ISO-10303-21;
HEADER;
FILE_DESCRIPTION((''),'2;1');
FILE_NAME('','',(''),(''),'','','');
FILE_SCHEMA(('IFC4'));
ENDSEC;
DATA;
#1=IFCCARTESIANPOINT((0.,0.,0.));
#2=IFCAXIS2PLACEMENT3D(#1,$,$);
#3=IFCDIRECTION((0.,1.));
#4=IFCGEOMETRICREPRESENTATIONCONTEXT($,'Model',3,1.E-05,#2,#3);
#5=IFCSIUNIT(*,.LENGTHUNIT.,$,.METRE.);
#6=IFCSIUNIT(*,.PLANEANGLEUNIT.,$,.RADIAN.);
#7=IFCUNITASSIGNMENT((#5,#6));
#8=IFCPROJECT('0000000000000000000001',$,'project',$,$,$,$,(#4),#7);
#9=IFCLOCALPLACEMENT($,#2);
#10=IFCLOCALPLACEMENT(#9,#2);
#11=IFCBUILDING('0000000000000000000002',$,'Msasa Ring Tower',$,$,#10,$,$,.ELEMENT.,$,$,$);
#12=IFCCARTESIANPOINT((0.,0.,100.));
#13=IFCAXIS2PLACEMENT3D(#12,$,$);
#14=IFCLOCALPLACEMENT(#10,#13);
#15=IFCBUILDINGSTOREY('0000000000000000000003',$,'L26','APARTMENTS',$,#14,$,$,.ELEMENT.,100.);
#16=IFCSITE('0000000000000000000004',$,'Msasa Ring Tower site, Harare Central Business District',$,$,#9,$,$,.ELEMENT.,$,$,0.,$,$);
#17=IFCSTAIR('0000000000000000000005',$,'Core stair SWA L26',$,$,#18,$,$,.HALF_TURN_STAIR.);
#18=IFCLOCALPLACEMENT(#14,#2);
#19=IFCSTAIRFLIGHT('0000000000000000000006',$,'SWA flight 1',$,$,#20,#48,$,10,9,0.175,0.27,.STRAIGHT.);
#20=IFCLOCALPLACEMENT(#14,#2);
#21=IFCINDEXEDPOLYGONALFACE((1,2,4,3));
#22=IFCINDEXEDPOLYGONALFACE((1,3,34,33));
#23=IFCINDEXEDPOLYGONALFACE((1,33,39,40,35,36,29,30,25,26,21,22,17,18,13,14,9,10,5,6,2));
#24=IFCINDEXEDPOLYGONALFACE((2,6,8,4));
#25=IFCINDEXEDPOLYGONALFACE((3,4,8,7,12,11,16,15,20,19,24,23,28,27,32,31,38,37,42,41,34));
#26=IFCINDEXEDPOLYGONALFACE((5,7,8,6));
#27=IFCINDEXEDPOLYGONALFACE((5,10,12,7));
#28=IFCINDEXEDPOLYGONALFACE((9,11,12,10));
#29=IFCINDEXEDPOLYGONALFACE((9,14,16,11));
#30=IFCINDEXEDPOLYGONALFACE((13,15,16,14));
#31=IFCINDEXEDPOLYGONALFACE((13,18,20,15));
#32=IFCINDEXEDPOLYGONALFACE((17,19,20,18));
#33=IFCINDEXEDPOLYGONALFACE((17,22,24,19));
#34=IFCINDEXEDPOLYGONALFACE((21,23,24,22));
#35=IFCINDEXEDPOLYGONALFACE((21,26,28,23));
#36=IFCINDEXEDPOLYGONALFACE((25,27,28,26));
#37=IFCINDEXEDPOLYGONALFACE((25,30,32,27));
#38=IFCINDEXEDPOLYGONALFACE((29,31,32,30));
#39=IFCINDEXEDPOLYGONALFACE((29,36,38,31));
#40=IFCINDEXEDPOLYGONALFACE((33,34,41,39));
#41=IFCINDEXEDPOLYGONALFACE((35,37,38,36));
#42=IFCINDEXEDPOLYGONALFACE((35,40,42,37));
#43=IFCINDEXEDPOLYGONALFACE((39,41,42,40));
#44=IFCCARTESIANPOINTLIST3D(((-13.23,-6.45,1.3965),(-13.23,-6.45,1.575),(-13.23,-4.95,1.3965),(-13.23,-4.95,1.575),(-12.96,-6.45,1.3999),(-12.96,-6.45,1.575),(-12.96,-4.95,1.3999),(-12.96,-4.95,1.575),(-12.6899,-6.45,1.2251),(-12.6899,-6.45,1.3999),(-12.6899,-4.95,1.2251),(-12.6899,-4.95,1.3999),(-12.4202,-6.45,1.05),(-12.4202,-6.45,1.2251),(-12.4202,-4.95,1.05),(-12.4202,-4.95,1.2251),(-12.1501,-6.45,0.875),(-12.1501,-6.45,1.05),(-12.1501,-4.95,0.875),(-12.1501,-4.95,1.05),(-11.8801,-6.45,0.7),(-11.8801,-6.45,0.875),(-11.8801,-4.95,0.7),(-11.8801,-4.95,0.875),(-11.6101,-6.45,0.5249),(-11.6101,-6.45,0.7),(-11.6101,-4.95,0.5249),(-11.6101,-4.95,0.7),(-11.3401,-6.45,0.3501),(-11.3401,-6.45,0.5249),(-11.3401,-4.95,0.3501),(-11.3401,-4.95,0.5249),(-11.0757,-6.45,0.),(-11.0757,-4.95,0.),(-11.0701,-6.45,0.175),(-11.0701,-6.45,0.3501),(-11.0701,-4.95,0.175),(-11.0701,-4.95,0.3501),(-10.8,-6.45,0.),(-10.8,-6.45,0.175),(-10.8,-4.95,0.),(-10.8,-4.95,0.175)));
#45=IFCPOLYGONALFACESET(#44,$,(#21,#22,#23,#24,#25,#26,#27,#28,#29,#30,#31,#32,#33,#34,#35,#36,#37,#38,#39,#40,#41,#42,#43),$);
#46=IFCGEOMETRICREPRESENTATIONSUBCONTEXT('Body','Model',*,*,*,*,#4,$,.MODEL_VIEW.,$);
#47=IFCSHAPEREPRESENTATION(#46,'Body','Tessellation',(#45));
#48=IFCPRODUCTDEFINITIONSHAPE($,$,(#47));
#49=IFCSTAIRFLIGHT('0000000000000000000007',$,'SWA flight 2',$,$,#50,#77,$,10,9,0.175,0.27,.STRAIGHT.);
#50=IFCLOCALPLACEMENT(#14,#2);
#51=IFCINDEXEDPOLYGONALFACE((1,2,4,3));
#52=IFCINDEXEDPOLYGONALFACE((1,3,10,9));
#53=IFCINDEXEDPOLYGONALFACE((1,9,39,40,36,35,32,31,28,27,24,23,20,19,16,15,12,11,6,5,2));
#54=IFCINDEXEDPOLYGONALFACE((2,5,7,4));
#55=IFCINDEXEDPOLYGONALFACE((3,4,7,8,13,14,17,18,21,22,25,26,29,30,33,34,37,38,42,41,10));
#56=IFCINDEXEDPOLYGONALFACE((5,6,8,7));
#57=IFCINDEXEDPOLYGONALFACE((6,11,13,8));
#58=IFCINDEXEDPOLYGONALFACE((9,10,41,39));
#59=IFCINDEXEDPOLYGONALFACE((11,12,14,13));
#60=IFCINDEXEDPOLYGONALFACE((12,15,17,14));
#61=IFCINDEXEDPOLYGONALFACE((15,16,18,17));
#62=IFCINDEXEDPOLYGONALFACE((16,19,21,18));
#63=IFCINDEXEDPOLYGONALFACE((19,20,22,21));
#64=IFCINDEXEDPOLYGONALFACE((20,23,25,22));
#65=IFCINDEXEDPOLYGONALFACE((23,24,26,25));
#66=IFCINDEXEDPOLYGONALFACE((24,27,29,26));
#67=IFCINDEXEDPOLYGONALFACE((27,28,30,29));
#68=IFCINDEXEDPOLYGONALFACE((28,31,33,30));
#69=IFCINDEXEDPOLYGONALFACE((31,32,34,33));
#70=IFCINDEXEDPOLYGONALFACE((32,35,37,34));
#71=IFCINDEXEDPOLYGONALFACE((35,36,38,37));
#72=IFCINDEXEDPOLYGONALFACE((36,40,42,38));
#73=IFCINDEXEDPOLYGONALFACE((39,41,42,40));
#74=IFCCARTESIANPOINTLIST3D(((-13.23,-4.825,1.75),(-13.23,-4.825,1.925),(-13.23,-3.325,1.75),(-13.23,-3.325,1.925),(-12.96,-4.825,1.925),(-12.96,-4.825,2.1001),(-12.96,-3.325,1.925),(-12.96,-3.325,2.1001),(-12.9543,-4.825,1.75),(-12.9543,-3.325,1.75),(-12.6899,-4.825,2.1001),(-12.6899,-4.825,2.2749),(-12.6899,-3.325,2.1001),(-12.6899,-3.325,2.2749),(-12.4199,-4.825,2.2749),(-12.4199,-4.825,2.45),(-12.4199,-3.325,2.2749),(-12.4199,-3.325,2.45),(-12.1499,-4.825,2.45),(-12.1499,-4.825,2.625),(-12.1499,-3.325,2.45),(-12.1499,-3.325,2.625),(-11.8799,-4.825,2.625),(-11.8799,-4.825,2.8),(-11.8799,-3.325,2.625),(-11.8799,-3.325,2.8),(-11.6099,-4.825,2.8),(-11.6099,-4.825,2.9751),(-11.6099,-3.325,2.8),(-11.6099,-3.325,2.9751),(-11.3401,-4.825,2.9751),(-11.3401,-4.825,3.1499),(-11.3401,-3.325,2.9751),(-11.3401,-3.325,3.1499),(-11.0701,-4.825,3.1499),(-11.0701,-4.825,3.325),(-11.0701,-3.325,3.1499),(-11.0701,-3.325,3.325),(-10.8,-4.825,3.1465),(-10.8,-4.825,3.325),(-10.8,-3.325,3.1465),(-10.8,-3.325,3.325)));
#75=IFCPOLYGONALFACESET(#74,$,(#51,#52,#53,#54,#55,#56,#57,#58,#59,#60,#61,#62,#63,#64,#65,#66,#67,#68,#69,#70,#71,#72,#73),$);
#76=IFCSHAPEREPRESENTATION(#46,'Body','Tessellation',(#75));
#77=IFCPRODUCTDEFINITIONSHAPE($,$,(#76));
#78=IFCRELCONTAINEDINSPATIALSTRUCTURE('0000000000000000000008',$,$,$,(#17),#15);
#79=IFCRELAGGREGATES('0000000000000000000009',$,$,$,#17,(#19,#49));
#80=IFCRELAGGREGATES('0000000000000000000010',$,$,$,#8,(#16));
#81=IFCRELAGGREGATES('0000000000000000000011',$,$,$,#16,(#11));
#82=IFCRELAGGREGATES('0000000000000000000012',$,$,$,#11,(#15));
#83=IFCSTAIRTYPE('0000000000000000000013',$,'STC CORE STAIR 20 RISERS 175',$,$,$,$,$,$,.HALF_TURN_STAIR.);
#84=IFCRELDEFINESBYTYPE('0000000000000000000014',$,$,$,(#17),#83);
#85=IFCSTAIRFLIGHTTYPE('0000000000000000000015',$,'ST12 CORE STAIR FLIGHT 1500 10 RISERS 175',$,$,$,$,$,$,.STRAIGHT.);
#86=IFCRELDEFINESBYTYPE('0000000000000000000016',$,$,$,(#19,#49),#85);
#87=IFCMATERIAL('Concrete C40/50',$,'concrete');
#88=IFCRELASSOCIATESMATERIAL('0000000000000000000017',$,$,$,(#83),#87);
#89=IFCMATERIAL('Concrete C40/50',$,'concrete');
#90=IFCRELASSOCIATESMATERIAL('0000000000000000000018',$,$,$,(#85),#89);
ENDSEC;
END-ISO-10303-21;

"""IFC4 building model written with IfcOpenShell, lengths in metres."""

from ifc_helpers import new_model, si_unit, direction, frame, origin, place, context, subcontext, project, spatial, polyline, outline, extrude, material, type_object, element, aggregate, save


model = new_model("IFC4")

# Units and contexts
model_context = context("Model", 3, precision=1e-05, world=origin(), true_north=direction((0.0, 1.0)))
body_context = subcontext(model_context, "Body", "Model", "MODEL_VIEW")
ifc_project = project(units=[si_unit("LENGTHUNIT", "METRE"), si_unit("PLANEANGLEUNIT", "RADIAN")], contexts=[model_context])

# Site, building, storey
site_placement = place(None, origin())
site = spatial("IfcSite", under=ifc_project, at=site_placement, Name="Msasa Ring Tower site, Harare Central Business District", CompositionType="ELEMENT", RefElevation=0.0)
building_placement = place(site_placement, origin())
building = spatial("IfcBuilding", under=site, at=building_placement, Name="Msasa Ring Tower", CompositionType="ELEMENT")
storey_placement = place(building_placement, frame((0.0, 0.0, 100.0)))
storey = spatial("IfcBuildingStorey", under=building, at=storey_placement, Name="L26", Description="APARTMENTS", CompositionType="ELEMENT", Elevation=100.0)

# Stair, stair flights
ifc_material_1 = material(Name="Concrete C40/50", Category="concrete")
stair_type = type_object("IfcStairType", Name="STC CORE STAIR 20 RISERS 175", PredefinedType="HALF_TURN_STAIR", material=ifc_material_1)
stair_placement = place(storey_placement, origin())
stair = element("IfcStair", 1, at=stair_placement, inside=storey, type_object=stair_type, Name="Core stair SWA L26", PredefinedType="HALF_TURN_STAIR")
ifc_material_2 = material(Name="Concrete C40/50", Category="concrete")
stair_flight_type = type_object("IfcStairFlightType", Name="ST12 CORE STAIR FLIGHT 1500 10 RISERS 175", PredefinedType="STRAIGHT", material=ifc_material_2)
stair_flight_1_placement = place(storey_placement, frame((-10.8, -5.7, 0.0), z_axis=(0.0, 0.0, 1.0), x_axis=(-1.0, 0.0, 0.0)))
stair_flight_1 = element("IfcStairFlight", 2, at=stair_flight_1_placement, type_object=stair_flight_type, Name="SWA flight 1", NumberOfRisers=10, NumberOfTreads=9, PredefinedType="STRAIGHT", RiserHeight=0.175, TreadLength=0.27, context=body_context, shape_type="SweptSolid", body=[
    extrude(outline(polyline([(0.0, 0.0), (0.0, 0.175), (0.27, 0.175), (0.27, 0.3501), (0.54, 0.3501), (0.54, 0.5249), (0.8101, 0.5249), (0.8101, 0.7), (1.0801, 0.7), (1.0801, 0.875), (1.3501, 0.875), (1.3501, 1.05), (1.6201, 1.05), (1.6201, 1.2251), (1.8899, 1.2251), (1.8899, 1.3999), (2.1599, 1.3999), (2.1599, 1.575), (2.4299, 1.575), (2.4299, 1.75), (2.4299, 1.3965), (0.2756, 0.0), (0.0, 0.0)])), frame((0.0, 0.75, 0.0), z_axis=(0.0, -1.0, 0.0), x_axis=(1.0, 0.0, 0.0)), (0.0, 0.0, 1.0), 1.5),
])
stair_flight_2_placement = place(storey_placement, frame((-13.23, -4.075, 1.75), z_axis=(0.0, 0.0, 1.0), x_axis=(1.0, 0.0, 0.0)))
stair_flight_2 = element("IfcStairFlight", 3, at=stair_flight_2_placement, type_object=stair_flight_type, Name="SWA flight 2", NumberOfRisers=10, NumberOfTreads=9, PredefinedType="STRAIGHT", RiserHeight=0.175, TreadLength=0.27, context=body_context, shape_type="SweptSolid", body=[
    extrude(outline(polyline([(0.0, 0.0), (0.0, 0.175), (0.27, 0.175), (0.27, 0.3501), (0.54, 0.3501), (0.54, 0.5249), (0.8101, 0.5249), (0.8101, 0.7), (1.0801, 0.7), (1.0801, 0.875), (1.3501, 0.875), (1.3501, 1.05), (1.6201, 1.05), (1.6201, 1.2251), (1.8899, 1.2251), (1.8899, 1.3999), (2.1599, 1.3999), (2.1599, 1.575), (2.4299, 1.575), (2.4299, 1.75), (2.4299, 1.3965), (0.2756, 0.0), (0.0, 0.0)])), frame((0.0, 0.75, 0.0), z_axis=(0.0, -1.0, 0.0), x_axis=(1.0, 0.0, 0.0)), (0.0, 0.0, 1.0), 1.5),
])
aggregate(stair, [stair_flight_1, stair_flight_2])

save(model, "model.ifc")
